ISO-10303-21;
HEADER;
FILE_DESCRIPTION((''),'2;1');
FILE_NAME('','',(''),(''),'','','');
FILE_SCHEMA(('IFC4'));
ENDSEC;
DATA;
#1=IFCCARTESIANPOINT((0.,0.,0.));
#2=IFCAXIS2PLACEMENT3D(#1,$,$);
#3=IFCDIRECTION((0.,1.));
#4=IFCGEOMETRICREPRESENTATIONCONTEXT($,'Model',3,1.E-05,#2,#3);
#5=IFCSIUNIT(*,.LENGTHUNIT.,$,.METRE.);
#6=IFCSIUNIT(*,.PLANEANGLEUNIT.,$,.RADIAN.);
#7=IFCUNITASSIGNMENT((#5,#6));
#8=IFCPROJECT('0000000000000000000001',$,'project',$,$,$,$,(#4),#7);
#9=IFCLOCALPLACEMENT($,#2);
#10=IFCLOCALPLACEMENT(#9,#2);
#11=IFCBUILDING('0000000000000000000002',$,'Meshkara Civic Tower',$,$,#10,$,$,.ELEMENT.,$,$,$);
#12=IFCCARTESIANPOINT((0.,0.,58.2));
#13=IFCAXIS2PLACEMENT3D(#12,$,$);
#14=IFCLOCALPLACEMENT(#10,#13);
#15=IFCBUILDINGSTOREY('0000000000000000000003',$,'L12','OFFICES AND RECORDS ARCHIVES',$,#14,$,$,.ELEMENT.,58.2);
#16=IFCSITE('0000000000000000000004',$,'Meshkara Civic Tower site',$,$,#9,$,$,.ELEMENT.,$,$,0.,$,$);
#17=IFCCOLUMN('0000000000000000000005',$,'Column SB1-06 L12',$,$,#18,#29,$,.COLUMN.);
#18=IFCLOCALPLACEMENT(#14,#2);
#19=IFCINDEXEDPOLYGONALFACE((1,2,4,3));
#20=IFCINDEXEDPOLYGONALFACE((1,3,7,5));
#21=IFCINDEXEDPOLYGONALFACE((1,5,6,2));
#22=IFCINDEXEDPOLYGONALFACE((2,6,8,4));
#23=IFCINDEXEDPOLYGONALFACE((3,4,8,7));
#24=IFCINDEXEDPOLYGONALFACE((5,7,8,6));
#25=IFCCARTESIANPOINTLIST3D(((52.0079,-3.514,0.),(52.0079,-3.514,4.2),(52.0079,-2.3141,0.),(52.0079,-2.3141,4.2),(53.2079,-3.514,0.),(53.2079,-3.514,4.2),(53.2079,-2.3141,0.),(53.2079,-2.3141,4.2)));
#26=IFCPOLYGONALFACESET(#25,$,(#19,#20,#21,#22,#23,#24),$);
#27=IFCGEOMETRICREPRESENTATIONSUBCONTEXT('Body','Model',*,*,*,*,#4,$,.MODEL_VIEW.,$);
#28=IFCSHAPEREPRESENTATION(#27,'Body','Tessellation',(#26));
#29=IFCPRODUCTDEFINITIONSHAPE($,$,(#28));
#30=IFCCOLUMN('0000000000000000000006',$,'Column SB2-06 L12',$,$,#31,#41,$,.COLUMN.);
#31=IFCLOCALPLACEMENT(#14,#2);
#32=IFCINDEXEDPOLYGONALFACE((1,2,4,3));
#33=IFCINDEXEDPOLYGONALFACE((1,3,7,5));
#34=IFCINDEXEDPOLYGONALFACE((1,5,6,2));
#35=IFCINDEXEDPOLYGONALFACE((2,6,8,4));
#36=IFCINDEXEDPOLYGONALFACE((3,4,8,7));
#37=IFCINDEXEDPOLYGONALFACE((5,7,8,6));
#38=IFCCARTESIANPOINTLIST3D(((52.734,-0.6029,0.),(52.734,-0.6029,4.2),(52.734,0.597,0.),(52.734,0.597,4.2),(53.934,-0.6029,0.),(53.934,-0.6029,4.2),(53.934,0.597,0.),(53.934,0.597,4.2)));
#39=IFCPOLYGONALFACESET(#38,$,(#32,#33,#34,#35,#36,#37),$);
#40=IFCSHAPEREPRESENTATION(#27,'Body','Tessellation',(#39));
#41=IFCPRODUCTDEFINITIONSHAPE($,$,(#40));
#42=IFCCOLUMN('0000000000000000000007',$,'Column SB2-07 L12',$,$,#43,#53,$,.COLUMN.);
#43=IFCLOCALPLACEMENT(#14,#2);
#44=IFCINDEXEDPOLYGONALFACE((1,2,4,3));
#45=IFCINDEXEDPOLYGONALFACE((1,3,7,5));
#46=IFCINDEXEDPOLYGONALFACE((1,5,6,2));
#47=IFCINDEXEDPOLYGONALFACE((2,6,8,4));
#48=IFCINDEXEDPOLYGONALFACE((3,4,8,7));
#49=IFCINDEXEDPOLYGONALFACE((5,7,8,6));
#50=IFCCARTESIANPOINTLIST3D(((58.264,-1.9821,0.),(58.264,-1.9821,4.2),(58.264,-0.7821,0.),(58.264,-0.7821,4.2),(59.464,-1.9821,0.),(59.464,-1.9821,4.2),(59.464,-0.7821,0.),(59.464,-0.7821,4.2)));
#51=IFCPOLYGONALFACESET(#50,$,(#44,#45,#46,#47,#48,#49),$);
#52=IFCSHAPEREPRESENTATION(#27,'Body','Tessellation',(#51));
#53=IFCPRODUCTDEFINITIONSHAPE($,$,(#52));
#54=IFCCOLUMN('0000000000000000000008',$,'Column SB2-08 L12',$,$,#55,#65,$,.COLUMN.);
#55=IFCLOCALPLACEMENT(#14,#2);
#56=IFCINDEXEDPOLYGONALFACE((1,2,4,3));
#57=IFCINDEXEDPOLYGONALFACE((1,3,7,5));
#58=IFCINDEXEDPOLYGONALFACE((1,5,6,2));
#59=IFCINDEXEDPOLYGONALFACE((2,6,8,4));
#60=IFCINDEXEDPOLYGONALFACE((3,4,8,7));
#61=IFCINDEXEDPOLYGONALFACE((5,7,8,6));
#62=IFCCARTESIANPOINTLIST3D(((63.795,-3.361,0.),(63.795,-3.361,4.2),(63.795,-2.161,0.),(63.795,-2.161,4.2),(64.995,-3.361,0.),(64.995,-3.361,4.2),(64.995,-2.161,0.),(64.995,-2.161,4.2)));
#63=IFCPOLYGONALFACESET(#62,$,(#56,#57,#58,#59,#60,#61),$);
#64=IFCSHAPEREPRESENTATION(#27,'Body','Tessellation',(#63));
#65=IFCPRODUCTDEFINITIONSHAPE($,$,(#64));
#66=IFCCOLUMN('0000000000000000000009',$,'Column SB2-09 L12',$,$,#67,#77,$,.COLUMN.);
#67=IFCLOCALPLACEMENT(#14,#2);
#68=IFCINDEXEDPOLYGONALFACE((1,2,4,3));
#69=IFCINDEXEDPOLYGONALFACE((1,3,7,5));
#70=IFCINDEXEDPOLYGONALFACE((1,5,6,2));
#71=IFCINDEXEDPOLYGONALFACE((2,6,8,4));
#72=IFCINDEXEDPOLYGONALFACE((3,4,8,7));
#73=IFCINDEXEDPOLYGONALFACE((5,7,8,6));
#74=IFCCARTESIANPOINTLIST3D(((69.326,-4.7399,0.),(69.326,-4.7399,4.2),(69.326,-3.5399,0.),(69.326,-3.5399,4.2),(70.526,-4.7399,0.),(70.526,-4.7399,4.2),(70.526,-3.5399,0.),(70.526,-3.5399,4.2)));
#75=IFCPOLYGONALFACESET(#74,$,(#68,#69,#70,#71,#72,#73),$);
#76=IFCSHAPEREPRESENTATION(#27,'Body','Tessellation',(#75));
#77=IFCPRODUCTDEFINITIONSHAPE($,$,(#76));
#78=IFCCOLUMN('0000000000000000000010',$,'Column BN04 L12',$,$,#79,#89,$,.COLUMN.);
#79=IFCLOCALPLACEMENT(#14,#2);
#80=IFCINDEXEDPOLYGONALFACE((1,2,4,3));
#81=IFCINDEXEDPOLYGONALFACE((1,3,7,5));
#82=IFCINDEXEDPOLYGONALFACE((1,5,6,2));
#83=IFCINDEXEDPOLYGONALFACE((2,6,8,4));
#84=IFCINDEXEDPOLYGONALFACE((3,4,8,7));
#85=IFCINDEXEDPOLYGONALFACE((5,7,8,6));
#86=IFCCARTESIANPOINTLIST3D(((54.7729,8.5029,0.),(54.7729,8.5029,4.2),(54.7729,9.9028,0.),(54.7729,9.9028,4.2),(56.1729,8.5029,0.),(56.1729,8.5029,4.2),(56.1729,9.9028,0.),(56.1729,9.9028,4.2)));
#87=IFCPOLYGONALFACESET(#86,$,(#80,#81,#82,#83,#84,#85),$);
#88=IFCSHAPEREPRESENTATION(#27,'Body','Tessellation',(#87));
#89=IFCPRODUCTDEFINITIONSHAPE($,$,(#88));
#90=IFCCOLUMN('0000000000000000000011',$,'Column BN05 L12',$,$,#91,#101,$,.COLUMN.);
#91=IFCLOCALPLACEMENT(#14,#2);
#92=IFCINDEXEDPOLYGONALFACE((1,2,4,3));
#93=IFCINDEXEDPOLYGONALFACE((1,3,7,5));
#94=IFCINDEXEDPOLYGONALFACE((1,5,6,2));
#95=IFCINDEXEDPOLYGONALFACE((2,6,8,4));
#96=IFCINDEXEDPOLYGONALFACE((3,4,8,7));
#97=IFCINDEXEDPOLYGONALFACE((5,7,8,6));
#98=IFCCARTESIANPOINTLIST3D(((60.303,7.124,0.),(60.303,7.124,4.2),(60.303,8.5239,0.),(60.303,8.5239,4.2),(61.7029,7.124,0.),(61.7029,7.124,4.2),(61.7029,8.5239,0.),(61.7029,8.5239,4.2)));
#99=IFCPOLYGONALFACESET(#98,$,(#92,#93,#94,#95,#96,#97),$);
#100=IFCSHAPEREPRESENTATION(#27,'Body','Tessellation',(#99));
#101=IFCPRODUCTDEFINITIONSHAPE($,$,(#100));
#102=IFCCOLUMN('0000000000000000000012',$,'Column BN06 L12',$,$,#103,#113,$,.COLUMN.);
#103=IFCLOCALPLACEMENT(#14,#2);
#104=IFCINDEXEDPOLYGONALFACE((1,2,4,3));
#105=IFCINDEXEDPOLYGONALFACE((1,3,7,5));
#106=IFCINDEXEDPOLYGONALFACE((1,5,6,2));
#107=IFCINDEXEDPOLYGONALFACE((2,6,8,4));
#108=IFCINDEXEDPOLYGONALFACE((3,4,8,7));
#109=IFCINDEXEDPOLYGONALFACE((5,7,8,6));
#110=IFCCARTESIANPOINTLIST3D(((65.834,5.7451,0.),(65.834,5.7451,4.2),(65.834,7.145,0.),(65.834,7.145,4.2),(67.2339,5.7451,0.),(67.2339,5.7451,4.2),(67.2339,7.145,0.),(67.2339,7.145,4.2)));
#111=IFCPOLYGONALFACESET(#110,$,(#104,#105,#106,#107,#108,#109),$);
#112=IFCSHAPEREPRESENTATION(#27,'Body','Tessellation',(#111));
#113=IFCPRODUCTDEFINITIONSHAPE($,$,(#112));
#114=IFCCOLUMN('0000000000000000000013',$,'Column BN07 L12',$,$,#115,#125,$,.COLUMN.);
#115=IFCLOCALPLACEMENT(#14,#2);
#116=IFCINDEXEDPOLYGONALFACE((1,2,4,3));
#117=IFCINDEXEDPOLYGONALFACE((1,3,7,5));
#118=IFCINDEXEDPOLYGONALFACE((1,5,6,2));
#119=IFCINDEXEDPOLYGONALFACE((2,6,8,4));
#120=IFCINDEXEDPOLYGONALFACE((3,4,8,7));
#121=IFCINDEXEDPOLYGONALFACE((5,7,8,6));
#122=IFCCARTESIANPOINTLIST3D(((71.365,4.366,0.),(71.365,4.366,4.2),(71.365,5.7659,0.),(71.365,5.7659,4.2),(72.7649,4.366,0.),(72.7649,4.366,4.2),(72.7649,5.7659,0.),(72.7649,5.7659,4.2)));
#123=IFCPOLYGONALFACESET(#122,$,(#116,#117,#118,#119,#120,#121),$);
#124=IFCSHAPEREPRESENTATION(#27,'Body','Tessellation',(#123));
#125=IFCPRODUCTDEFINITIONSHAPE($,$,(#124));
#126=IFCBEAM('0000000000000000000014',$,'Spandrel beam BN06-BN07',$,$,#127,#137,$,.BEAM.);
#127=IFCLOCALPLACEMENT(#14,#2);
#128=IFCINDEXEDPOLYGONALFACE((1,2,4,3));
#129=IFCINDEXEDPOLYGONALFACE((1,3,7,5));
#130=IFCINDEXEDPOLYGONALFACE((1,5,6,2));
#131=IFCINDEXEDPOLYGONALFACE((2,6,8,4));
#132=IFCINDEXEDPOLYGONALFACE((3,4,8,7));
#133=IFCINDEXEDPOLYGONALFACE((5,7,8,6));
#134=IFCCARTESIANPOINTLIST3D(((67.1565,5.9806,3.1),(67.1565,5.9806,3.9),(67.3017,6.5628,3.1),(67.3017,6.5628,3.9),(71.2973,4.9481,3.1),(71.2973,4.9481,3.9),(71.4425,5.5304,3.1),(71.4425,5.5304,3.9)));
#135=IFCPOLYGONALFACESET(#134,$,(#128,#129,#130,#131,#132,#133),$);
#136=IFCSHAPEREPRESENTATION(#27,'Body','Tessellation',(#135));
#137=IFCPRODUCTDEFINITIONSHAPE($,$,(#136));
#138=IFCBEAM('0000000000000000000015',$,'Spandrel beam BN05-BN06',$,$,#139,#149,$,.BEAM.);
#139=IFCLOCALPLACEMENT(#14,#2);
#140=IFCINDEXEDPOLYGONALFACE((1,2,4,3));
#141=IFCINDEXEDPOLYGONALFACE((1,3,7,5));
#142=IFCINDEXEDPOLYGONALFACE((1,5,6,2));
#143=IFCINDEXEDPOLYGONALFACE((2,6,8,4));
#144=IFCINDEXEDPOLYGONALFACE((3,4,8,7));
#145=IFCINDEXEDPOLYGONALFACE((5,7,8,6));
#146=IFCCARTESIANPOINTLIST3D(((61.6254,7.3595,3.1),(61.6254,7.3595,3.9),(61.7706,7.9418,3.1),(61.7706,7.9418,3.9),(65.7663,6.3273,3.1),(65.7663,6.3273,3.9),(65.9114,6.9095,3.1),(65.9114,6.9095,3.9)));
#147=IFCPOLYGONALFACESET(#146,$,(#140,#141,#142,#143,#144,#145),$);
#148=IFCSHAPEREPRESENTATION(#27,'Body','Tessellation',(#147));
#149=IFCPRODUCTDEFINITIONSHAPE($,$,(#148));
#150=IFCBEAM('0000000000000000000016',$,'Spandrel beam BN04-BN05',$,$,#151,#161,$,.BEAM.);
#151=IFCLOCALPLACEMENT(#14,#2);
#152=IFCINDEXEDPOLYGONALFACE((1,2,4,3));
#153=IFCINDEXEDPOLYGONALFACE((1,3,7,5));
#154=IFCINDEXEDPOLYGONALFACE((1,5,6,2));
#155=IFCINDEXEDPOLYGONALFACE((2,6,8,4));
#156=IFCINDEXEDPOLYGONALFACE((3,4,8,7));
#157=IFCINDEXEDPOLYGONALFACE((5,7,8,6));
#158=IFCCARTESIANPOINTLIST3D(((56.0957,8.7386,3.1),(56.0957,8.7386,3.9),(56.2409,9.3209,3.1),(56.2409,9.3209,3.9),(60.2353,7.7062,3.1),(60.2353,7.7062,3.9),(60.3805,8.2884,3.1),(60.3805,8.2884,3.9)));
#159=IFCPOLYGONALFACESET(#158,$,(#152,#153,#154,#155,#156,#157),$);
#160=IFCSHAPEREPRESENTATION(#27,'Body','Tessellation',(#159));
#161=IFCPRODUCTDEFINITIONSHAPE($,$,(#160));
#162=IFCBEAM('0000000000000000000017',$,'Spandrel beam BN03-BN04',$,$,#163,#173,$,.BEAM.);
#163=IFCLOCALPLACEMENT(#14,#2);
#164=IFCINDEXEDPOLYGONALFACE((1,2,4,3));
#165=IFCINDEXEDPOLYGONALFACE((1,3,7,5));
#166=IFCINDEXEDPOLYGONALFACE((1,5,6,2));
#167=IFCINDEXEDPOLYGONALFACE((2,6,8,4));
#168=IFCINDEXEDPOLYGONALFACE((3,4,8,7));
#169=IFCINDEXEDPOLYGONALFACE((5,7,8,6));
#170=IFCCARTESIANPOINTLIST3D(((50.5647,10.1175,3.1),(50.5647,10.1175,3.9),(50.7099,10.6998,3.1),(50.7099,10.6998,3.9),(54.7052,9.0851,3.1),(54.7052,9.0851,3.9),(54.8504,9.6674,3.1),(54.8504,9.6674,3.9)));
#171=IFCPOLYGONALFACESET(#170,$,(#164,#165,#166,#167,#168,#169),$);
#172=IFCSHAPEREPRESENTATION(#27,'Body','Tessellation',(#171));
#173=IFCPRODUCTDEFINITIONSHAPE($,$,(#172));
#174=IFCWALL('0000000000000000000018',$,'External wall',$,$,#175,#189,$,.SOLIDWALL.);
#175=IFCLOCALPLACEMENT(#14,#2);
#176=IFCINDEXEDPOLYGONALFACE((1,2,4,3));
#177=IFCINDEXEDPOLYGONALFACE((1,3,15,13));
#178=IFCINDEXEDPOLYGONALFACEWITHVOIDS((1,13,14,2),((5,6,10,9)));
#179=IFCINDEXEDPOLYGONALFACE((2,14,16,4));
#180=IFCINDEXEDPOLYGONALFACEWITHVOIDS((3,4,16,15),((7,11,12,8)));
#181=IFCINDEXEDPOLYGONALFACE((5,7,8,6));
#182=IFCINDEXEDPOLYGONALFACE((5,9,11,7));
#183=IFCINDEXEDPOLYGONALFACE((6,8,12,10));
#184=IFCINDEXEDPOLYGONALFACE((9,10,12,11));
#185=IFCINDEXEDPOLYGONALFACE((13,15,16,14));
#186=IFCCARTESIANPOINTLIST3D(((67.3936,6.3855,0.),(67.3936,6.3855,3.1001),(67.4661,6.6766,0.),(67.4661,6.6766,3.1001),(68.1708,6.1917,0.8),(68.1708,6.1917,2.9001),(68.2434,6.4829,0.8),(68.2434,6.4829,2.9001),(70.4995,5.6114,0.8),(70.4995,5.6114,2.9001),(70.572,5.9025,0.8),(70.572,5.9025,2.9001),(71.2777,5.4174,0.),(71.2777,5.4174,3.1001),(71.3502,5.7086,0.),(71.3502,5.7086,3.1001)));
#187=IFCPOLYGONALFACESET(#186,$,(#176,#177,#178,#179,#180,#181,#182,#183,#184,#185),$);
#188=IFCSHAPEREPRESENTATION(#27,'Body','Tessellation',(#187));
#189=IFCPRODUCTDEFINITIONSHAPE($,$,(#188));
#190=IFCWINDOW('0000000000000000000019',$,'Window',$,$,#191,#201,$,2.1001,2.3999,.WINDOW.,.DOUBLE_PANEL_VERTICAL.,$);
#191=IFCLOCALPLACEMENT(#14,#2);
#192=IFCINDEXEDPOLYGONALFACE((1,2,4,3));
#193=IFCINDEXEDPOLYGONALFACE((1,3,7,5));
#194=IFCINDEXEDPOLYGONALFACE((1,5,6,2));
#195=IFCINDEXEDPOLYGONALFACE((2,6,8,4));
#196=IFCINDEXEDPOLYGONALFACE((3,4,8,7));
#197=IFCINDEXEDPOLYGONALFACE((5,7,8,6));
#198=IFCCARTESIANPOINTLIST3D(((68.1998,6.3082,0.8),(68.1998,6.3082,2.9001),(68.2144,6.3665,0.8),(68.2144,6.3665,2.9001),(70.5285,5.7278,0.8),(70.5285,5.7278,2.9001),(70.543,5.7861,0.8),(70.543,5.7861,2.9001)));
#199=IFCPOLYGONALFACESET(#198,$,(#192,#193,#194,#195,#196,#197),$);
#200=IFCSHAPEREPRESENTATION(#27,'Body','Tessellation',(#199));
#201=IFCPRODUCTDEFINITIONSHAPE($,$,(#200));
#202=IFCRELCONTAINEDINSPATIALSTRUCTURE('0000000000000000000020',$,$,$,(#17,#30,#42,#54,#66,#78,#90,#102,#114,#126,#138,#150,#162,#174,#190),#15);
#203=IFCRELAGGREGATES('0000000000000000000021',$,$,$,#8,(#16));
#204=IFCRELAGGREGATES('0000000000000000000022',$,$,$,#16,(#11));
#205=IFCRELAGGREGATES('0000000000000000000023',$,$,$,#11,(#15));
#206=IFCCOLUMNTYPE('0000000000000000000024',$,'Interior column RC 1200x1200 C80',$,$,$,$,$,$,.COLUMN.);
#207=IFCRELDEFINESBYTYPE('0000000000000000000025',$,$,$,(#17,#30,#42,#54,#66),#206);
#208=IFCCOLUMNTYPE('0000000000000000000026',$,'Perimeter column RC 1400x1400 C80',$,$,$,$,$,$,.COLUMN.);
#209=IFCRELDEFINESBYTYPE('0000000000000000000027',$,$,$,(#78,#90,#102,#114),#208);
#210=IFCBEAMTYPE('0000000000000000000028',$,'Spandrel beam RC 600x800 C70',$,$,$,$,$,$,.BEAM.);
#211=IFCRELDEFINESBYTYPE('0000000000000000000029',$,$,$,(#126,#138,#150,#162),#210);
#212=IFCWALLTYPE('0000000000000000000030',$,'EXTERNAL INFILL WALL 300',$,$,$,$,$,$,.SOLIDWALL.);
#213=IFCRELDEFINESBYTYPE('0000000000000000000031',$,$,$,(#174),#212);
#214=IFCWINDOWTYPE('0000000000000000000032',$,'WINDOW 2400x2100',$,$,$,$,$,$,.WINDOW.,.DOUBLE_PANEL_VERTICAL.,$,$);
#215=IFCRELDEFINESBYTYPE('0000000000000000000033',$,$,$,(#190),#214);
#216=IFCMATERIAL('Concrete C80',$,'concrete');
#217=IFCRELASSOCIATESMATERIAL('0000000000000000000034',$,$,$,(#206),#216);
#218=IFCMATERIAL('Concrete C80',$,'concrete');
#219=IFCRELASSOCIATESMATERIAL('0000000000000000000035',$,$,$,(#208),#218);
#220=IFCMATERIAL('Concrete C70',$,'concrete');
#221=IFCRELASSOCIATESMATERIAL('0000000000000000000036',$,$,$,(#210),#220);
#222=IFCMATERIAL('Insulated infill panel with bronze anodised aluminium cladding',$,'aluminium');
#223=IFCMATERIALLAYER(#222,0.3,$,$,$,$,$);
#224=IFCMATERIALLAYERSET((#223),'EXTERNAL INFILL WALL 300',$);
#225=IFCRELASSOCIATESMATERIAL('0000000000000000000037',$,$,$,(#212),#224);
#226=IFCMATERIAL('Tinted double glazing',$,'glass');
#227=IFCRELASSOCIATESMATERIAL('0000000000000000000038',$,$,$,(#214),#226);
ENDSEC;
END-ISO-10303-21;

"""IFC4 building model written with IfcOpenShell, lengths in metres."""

from ifc_helpers import new_model, si_unit, direction, frame, frame_2d, origin, origin_2d, place, context, subcontext, project, spatial, rectangle, extrude, material, layer, layer_set, material_profile, profile_set, type_object, element, fill, save


model = new_model("IFC4")

# Units and contexts
model_context = context("Model", 3, precision=1e-05, world=origin(), true_north=direction((0.0, 1.0)))
body_context = subcontext(model_context, "Body", "Model", "MODEL_VIEW")
ifc_project = project(units=[si_unit("LENGTHUNIT", "METRE"), si_unit("PLANEANGLEUNIT", "RADIAN")], contexts=[model_context])

# Site, building, storey
site_placement = place(None, origin())
site = spatial("IfcSite", under=ifc_project, at=site_placement, Name="Meshkara Civic Tower site", CompositionType="ELEMENT", RefElevation=0.0)
building_placement = place(site_placement, origin())
building = spatial("IfcBuilding", under=site, at=building_placement, Name="Meshkara Civic Tower", CompositionType="ELEMENT")
storey_placement = place(building_placement, frame((0.0, 0.0, 58.2)))
storey = spatial("IfcBuildingStorey", under=building, at=storey_placement, Name="L12", Description="OFFICES AND RECORDS ARCHIVES", CompositionType="ELEMENT", Elevation=58.2)

# Columns
ifc_material_1 = material(Name="Concrete C80", Category="concrete")
ifc_material_profile_1 = material_profile(ifc_material_1, rectangle(XDim=1.2, YDim=1.2, at=origin_2d()))
ifc_profile_set_1 = profile_set([ifc_material_profile_1], Name="Concrete C80")
column_type_1 = type_object("IfcColumnType", Name="Interior column RC 1200x1200 C80", PredefinedType="COLUMN", material=ifc_profile_set_1)
for number, where, z_axis, x_axis, name in (
    (1, (52.6079, -2.9141, 0.0), (0.0, 0.0, 1.0), (1.0, 0.0, 0.0), "Column SB1-06 L12"),
    (2, (53.334, -0.0029, 0.0), (0.0, 0.0, 1.0), (1.0, 0.0, 0.0), "Column SB2-06 L12"),
    (3, (58.864, -1.3821, 0.0), (0.0, 0.0, 1.0), (1.0, 0.0, 0.0), "Column SB2-07 L12"),
    (4, (64.395, -2.761, 0.0), (0.0, 0.0, 1.0), (1.0, 0.0, 0.0), "Column SB2-08 L12"),
    (5, (69.926, -4.1399, 0.0), (0.0, 0.0, 1.0), (1.0, 0.0, 0.0), "Column SB2-09 L12"),
):
    element("IfcColumn", number, at=place(storey_placement, frame(where, z_axis=z_axis, x_axis=x_axis)), inside=storey, type_object=column_type_1, Name=name, PredefinedType="COLUMN", context=body_context, shape_type="SweptSolid", body=[
        extrude(rectangle(XDim=1.2, YDim=1.2, at=origin_2d()), origin(), (0.0, 0.0, 1.0), 4.2),
    ])
ifc_material_2 = material(Name="Concrete C80", Category="concrete")
ifc_material_profile_2 = material_profile(ifc_material_2, rectangle(XDim=1.3999, YDim=1.3999, at=origin_2d()))
ifc_profile_set_2 = profile_set([ifc_material_profile_2], Name="Concrete C80")
column_type_2 = type_object("IfcColumnType", Name="Perimeter column RC 1400x1400 C80", PredefinedType="COLUMN", material=ifc_profile_set_2)
for number, where, z_axis, x_axis, name in (
    (6, (55.4729, 9.2029, 0.0), (0.0, 0.0, 1.0), (1.0, 0.0, 0.0), "Column BN04 L12"),
    (7, (61.0029, 7.824, 0.0), (0.0, 0.0, 1.0), (1.0, 0.0, 0.0), "Column BN05 L12"),
    (8, (66.5339, 6.4451, 0.0), (0.0, 0.0, 1.0), (1.0, 0.0, 0.0), "Column BN06 L12"),
    (9, (72.0649, 5.0659, 0.0), (0.0, 0.0, 1.0), (1.0, 0.0, 0.0), "Column BN07 L12"),
):
    element("IfcColumn", number, at=place(storey_placement, frame(where, z_axis=z_axis, x_axis=x_axis)), inside=storey, type_object=column_type_2, Name=name, PredefinedType="COLUMN", context=body_context, shape_type="SweptSolid", body=[
        extrude(rectangle(XDim=1.3999, YDim=1.3999, at=origin_2d()), origin(), (0.0, 0.0, 1.0), 4.2),
    ])

# Beams
ifc_material_3 = material(Name="Concrete C70", Category="concrete")
ifc_material_profile_3 = material_profile(ifc_material_3, rectangle(XDim=0.6001, YDim=0.8, at=origin_2d()))
ifc_profile_set_3 = profile_set([ifc_material_profile_3], Name="Concrete C70")
beam_type = type_object("IfcBeamType", Name="Spandrel beam RC 600x800 C70", PredefinedType="BEAM", material=ifc_profile_set_3)
for number, where, z_axis, x_axis, name in (
    (10, (71.3699, 5.2393, 3.5), (-0.970294, 0.24193, 0.0), (-0.24193, -0.970294, 0.0), "Spandrel beam BN06-BN07"),
    (11, (65.8389, 6.6184, 3.5), (-0.970307, 0.241876, 0.0), (-0.241876, -0.970307, 0.0), "Spandrel beam BN05-BN06"),
):
    element("IfcBeam", number, at=place(storey_placement, frame(where, z_axis=z_axis, x_axis=x_axis)), inside=storey, type_object=beam_type, Name=name, PredefinedType="BEAM", context=body_context, shape_type="SweptSolid", body=[
        extrude(rectangle(XDim=0.6001, YDim=0.8, at=origin_2d()), origin(), (0.0, 0.0, 1.0), 4.2676),
    ])
beam_1_placement = place(storey_placement, frame((60.3079, 7.9973, 3.5), z_axis=(-0.970277, 0.241997, 0.0), x_axis=(-0.241997, -0.970277, 0.0)))
element("IfcBeam", 12, at=beam_1_placement, inside=storey, type_object=beam_type, Name="Spandrel beam BN04-BN05", PredefinedType="BEAM", context=body_context, shape_type="SweptSolid", body=[
    extrude(rectangle(XDim=0.6001, YDim=0.8, at=origin_2d()), origin(), (0.0, 0.0, 1.0), 4.2664),
])
beam_2_placement = place(storey_placement, frame((54.7778, 9.3762, 3.5), z_axis=(-0.97029, 0.241943, 0.0), x_axis=(-0.241943, -0.97029, 0.0)))
element("IfcBeam", 13, at=beam_2_placement, inside=storey, type_object=beam_type, Name="Spandrel beam BN03-BN04", PredefinedType="BEAM", context=body_context, shape_type="SweptSolid", body=[
    extrude(rectangle(XDim=0.6001, YDim=0.8, at=origin_2d()), origin(), (0.0, 0.0, 1.0), 4.2673),
])

# Wall, opening, window
ifc_material_4 = material(Name="Insulated infill panel with bronze anodised aluminium cladding", Category="aluminium")
ifc_layer_1 = layer(ifc_material_4, 0.3)
ifc_layer_set_1 = layer_set([ifc_layer_1], Name="EXTERNAL INFILL WALL 300")
wall_type_1 = type_object("IfcWallType", Name="EXTERNAL INFILL WALL 300", PredefinedType="SOLIDWALL", material=ifc_layer_set_1)
wall_1_placement = place(storey_placement, frame((71.314, 5.563, 0.0), z_axis=(0.0, 0.0, 1.0), x_axis=(-0.970318, 0.241832, 0.0)))
wall_1 = element("IfcWall", 14, at=wall_1_placement, inside=storey, type_object=wall_type_1, Name="External wall", PredefinedType="SOLIDWALL", context=body_context, shape_type="SweptSolid", body=[
    extrude(rectangle(XDim=4.0029, YDim=0.3, at=frame_2d((2.0015, 0.0))), origin(), (0.0, 0.0, 1.0), 3.1001),
])
opening_1_placement = place(wall_1_placement, frame((0.802, 0.0, 0.8)))
opening_1 = element("IfcOpeningElement", 15, at=opening_1_placement, cuts=wall_1, PredefinedType="OPENING", context=body_context, shape_type="SweptSolid", body=[
    extrude(rectangle(XDim=2.3999, YDim=2.1001, at=frame_2d((1.2, 1.05))), frame((0.0, 0.1599, 0.0), z_axis=(0.0, -1.0, 0.0), x_axis=(1.0, 0.0, 0.0)), (0.0, 0.0, 1.0), 0.3201),
])
ifc_material_5 = material(Name="Tinted double glazing", Category="glass")
window_type = type_object("IfcWindowType", Name="WINDOW 2400x2100", PartitioningType="DOUBLE_PANEL_VERTICAL", PredefinedType="WINDOW", material=ifc_material_5)
window_1_placement = place(opening_1_placement, origin())
window_1 = element("IfcWindow", 16, at=window_1_placement, inside=storey, type_object=window_type, Name="Window", OverallHeight=2.1001, OverallWidth=2.3999, PartitioningType="DOUBLE_PANEL_VERTICAL", PredefinedType="WINDOW", context=body_context, shape_type="SweptSolid", body=[
    extrude(rectangle(XDim=2.3999, YDim=2.1001, at=frame_2d((1.2, 1.05))), frame((0.0, 0.03, 0.0), z_axis=(0.0, -1.0, 0.0), x_axis=(1.0, 0.0, 0.0)), (0.0, 0.0, 1.0), 0.0601),
])
fill(opening_1, window_1)

save(model, "model.ifc")
